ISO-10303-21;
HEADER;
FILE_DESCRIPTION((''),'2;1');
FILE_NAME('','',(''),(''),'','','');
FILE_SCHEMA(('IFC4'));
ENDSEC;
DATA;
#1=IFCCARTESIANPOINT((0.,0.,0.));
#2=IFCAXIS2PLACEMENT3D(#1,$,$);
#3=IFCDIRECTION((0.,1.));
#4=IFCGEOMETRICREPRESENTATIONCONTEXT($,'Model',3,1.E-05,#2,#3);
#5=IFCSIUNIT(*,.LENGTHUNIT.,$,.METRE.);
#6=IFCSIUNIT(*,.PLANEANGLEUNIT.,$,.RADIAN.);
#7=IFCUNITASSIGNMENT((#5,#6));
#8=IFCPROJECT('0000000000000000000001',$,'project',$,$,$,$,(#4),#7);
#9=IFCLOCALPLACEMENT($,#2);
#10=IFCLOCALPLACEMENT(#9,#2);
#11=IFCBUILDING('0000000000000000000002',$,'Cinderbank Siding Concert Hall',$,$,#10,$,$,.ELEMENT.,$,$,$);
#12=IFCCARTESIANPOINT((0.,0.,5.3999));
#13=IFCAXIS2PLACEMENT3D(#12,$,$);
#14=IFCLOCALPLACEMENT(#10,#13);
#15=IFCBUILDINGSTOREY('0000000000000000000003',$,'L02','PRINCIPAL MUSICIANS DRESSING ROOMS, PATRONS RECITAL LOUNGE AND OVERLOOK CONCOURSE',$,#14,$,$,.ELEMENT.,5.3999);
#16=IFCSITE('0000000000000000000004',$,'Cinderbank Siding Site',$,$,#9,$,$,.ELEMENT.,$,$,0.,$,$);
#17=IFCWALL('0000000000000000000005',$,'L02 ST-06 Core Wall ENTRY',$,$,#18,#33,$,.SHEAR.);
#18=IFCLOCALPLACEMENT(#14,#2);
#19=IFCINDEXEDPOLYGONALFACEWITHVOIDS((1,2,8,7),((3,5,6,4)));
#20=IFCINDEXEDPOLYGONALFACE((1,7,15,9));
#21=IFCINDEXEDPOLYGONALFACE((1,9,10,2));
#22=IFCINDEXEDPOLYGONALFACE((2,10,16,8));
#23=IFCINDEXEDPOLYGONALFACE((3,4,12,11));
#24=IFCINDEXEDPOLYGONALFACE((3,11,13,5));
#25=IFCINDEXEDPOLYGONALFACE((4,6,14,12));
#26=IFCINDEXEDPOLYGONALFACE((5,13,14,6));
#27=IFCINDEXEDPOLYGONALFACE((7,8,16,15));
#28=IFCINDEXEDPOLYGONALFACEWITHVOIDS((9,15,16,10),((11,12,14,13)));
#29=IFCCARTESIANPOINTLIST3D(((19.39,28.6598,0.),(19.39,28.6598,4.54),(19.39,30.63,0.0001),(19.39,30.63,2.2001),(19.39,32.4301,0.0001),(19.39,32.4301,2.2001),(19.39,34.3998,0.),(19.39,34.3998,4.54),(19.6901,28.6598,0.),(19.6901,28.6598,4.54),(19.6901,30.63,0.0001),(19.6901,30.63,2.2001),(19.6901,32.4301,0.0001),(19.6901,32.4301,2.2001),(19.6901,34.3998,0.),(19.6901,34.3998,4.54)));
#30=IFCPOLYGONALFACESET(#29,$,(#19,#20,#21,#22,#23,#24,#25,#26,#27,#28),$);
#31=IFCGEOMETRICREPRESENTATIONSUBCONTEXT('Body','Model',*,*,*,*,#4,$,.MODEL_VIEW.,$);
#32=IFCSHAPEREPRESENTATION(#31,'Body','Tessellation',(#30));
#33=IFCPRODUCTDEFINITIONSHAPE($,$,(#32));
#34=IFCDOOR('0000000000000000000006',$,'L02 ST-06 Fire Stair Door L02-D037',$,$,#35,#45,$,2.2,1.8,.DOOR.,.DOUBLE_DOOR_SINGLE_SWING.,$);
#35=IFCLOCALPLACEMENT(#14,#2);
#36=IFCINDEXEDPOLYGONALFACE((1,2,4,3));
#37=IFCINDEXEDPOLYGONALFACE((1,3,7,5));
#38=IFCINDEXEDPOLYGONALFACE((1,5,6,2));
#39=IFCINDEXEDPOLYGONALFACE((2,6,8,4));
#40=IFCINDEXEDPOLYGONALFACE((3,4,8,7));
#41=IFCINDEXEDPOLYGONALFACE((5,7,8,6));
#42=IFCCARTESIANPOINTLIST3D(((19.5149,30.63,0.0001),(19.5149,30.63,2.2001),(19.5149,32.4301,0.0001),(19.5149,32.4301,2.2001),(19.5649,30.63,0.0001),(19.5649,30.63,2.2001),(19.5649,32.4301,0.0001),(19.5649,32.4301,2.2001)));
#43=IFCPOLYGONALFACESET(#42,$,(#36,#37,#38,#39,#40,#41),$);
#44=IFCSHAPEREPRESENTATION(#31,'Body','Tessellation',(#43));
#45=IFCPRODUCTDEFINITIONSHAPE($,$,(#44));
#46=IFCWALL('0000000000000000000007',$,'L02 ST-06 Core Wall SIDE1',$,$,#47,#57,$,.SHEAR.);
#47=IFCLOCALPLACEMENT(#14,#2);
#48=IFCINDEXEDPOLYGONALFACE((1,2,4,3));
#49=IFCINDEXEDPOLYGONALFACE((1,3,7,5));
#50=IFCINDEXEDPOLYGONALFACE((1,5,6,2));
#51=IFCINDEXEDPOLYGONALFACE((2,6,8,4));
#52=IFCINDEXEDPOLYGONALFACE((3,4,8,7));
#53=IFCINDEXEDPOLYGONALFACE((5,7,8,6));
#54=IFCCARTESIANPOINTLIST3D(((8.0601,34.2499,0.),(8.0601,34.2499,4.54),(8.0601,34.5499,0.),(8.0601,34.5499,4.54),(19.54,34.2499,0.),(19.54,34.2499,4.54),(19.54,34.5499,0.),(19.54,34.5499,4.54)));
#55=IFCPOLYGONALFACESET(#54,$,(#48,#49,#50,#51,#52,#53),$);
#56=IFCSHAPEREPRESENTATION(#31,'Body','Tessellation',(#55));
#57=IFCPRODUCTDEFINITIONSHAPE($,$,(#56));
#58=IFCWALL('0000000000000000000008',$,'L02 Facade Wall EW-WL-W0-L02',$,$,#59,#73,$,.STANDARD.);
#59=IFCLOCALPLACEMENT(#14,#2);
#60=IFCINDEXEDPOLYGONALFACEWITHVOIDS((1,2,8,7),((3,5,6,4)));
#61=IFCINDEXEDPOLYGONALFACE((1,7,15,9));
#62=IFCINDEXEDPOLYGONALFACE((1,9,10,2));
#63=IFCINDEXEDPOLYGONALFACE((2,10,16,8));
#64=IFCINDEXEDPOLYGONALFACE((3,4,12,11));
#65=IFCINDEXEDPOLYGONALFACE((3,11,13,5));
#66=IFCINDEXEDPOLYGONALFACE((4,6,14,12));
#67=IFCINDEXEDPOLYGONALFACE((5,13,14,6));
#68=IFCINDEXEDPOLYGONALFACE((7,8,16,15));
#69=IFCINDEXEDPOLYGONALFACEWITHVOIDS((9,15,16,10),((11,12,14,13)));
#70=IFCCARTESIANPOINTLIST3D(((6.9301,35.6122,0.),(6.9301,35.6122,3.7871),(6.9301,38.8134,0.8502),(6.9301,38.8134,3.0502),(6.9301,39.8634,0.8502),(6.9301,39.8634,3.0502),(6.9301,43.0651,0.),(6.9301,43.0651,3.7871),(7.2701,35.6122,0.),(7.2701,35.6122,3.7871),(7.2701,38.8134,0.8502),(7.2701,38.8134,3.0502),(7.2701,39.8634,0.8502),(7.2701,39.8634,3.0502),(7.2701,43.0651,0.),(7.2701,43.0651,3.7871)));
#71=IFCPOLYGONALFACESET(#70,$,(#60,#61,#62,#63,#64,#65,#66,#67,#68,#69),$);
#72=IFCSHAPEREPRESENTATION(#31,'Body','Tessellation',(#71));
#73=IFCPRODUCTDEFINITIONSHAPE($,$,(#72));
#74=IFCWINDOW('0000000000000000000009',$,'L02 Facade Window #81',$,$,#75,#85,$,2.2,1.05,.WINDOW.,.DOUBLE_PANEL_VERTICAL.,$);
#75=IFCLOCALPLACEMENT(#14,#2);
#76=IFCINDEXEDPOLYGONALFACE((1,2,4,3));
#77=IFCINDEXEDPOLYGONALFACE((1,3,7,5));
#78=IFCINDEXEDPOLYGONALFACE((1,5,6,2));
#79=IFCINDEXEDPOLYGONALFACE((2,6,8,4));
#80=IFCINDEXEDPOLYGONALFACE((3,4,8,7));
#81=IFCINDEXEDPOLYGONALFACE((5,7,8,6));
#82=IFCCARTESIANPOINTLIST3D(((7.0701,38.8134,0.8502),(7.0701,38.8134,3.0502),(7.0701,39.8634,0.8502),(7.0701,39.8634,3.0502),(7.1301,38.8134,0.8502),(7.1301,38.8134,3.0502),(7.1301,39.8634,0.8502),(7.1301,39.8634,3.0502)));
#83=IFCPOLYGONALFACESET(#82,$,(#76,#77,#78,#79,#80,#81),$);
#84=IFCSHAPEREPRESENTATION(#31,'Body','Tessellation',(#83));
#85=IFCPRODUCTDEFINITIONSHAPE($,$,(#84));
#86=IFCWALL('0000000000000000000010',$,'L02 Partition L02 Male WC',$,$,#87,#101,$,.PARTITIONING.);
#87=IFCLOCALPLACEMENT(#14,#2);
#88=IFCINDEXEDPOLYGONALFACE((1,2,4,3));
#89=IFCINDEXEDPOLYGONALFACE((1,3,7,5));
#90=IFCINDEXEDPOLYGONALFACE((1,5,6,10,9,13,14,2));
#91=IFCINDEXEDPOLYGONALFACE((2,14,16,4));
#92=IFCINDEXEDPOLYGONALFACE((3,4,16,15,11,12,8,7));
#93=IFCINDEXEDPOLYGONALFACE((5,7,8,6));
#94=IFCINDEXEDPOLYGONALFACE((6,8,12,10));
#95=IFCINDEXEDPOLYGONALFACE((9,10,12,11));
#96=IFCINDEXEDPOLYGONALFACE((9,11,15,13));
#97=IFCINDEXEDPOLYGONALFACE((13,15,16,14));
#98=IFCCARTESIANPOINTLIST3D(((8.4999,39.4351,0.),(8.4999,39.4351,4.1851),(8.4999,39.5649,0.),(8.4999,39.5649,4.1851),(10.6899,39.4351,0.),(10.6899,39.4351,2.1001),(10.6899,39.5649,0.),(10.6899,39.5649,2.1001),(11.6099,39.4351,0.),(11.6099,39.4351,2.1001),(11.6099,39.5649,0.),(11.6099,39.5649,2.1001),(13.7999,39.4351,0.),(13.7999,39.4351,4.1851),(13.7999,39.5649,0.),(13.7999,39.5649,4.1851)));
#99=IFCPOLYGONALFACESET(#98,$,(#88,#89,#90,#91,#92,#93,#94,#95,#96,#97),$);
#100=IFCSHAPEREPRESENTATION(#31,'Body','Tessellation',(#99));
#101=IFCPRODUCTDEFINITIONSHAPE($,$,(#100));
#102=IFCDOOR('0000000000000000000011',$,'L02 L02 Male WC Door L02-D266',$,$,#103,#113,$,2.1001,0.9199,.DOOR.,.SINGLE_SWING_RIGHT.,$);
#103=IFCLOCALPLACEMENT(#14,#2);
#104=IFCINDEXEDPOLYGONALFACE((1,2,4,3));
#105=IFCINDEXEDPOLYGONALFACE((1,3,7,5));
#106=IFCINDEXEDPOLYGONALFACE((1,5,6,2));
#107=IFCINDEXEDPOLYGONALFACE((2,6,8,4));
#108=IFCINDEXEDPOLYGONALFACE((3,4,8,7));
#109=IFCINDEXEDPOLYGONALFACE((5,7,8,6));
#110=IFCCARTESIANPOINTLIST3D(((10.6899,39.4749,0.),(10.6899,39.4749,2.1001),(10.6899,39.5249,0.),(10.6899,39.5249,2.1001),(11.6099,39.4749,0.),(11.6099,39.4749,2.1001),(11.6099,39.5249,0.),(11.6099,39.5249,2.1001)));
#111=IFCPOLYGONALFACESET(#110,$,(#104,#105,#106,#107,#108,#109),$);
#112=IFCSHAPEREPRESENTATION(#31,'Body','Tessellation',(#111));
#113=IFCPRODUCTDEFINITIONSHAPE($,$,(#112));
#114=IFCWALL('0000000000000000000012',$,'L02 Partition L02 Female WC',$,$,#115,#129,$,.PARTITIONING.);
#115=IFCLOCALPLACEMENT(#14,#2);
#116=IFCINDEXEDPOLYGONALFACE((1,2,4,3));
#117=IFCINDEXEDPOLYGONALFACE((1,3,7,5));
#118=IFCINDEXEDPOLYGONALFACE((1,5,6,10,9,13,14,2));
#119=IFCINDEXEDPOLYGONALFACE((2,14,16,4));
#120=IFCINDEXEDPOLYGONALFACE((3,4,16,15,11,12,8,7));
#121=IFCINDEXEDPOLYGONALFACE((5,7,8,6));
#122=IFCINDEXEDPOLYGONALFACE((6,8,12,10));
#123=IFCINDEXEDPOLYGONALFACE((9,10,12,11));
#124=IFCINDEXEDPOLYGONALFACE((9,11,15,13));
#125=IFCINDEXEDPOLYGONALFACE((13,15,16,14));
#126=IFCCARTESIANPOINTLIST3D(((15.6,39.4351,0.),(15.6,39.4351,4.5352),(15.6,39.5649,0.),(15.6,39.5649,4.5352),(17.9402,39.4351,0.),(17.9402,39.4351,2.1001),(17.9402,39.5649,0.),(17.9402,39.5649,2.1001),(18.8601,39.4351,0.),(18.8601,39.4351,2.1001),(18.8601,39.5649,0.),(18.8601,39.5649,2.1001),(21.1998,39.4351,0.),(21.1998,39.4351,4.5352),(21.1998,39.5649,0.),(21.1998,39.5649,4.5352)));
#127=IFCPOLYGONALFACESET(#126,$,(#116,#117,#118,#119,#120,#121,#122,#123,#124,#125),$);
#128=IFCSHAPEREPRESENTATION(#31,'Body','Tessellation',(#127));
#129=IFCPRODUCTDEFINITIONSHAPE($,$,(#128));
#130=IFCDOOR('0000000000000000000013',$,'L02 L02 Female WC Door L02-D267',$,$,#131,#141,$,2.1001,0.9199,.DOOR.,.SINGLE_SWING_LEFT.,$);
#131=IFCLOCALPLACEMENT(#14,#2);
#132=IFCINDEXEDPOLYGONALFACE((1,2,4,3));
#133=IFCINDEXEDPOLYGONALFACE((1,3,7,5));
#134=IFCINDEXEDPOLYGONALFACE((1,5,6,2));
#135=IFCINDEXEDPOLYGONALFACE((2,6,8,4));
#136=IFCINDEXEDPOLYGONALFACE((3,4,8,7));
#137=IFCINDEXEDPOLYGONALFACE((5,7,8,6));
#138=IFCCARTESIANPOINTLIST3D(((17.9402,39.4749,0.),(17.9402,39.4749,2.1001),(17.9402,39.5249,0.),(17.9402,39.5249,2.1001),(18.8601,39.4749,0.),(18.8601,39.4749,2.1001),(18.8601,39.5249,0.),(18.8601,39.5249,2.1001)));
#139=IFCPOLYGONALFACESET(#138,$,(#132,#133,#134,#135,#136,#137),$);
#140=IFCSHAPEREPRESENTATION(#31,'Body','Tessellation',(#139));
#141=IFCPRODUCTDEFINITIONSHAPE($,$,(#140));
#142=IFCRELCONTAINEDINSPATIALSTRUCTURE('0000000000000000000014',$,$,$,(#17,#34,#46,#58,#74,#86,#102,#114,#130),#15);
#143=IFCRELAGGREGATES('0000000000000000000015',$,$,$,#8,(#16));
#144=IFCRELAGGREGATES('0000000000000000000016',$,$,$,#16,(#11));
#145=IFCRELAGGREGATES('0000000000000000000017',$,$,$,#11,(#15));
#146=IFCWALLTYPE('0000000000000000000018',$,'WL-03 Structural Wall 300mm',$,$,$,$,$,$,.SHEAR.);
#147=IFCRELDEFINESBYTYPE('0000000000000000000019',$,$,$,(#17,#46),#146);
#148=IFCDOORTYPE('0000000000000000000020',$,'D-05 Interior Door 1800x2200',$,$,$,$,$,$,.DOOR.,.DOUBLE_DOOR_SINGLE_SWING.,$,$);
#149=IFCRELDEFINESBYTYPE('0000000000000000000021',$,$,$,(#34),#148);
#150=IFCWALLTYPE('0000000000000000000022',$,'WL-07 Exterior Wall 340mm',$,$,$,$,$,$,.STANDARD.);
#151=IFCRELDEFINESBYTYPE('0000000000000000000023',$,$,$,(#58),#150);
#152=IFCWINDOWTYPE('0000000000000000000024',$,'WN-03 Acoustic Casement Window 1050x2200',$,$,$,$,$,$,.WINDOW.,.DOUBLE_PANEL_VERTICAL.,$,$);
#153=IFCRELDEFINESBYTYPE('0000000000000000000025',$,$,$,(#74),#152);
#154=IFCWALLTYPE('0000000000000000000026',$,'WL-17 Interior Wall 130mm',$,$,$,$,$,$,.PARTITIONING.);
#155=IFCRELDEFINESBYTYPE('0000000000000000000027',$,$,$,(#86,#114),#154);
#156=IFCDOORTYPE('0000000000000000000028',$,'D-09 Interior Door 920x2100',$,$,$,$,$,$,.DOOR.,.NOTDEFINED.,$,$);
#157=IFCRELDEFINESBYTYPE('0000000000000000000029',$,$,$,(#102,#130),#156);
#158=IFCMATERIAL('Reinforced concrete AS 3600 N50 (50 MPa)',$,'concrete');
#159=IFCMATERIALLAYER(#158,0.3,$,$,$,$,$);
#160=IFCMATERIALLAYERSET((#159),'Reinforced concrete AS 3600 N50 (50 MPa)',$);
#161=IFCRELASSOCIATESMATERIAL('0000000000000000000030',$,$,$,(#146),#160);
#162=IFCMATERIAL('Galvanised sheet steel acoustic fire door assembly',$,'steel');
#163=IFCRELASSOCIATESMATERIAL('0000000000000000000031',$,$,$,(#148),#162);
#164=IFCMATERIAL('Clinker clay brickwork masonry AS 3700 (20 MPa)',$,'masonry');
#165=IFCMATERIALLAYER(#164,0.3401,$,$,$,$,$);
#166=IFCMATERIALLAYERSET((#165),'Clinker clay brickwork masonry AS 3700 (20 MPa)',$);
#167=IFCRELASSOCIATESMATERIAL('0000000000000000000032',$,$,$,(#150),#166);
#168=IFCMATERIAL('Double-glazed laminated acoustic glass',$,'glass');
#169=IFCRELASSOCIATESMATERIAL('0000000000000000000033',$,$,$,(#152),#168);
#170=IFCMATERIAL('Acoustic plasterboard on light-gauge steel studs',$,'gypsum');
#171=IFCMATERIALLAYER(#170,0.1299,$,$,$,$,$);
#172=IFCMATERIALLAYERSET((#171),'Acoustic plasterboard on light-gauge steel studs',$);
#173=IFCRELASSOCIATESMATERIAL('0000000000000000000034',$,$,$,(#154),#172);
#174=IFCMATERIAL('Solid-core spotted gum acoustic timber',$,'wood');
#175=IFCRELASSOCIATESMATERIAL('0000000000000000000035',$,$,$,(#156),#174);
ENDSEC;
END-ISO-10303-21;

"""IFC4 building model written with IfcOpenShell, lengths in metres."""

from ifc_helpers import new_model, si_unit, direction, frame, frame_2d, origin, place, context, subcontext, project, spatial, rectangle, extrude, material, layer, layer_set, type_object, element, fill, save


model = new_model("IFC4")

# Units and contexts
model_context = context("Model", 3, precision=1e-05, world=origin(), true_north=direction((0.0, 1.0)))
body_context = subcontext(model_context, "Body", "Model", "MODEL_VIEW")
ifc_project = project(units=[si_unit("LENGTHUNIT", "METRE"), si_unit("PLANEANGLEUNIT", "RADIAN")], contexts=[model_context])

# Site, building, storey
site_placement = place(None, origin())
site = spatial("IfcSite", under=ifc_project, at=site_placement, Name="Cinderbank Siding Site", CompositionType="ELEMENT", RefElevation=0.0)
building_placement = place(site_placement, origin())
building = spatial("IfcBuilding", under=site, at=building_placement, Name="Cinderbank Siding Concert Hall", CompositionType="ELEMENT")
storey_placement = place(building_placement, frame((0.0, 0.0, 5.3999)))
storey = spatial("IfcBuildingStorey", under=building, at=storey_placement, Name="L02", Description="PRINCIPAL MUSICIANS DRESSING ROOMS, PATRONS RECITAL LOUNGE AND OVERLOOK CONCOURSE", CompositionType="ELEMENT", Elevation=5.3999)

# Shared definitions
ifc_material_1 = material(Name="Reinforced concrete AS 3600 N50 (50 MPa)", Category="concrete")

# Wall, opening, door
ifc_layer_1 = layer(ifc_material_1, 0.3)
ifc_layer_set_1 = layer_set([ifc_layer_1], Name="Reinforced concrete AS 3600 N50 (50 MPa)")
wall_type_1 = type_object("IfcWallType", Name="WL-03 Structural Wall 300mm", PredefinedType="SHEAR", material=ifc_layer_set_1)
wall_1_placement = place(storey_placement, frame((19.54, 34.3999, 0.0), z_axis=(0.0, 0.0, 1.0), x_axis=(0.0, -1.0, 0.0)))
wall_1 = element("IfcWall", 1, at=wall_1_placement, inside=storey, type_object=wall_type_1, Name="L02 ST-06 Core Wall ENTRY", PredefinedType="SHEAR", context=body_context, shape_type="SweptSolid", body=[
    extrude(rectangle(XDim=5.74, YDim=0.3, at=frame_2d((2.8701, 0.0))), origin(), (0.0, 0.0, 1.0), 4.54),
])
opening_1_placement = place(wall_1_placement, frame((1.97, 0.0, 0.0)))
opening_1 = element("IfcOpeningElement", 2, at=opening_1_placement, cuts=wall_1, PredefinedType="OPENING", context=body_context, shape_type="SweptSolid", body=[
    extrude(rectangle(XDim=1.8, YDim=2.2, at=frame_2d((0.8999, 1.1001))), frame((0.0, 0.1621, 0.0), z_axis=(0.0, -1.0, 0.0), x_axis=(1.0, 0.0, 0.0)), (0.0, 0.0, 1.0), 0.324),
])
ifc_material_2 = material(Name="Galvanised sheet steel acoustic fire door assembly", Category="steel")
door_type_1 = type_object("IfcDoorType", Name="D-05 Interior Door 1800x2200", OperationType="DOUBLE_DOOR_SINGLE_SWING", PredefinedType="DOOR", material=ifc_material_2)
door_1_placement = place(opening_1_placement, origin())
door_1 = element("IfcDoor", 3, at=door_1_placement, inside=storey, type_object=door_type_1, Name="L02 ST-06 Fire Stair Door L02-D037", OperationType="DOUBLE_DOOR_SINGLE_SWING", OverallHeight=2.2, OverallWidth=1.8, PredefinedType="DOOR", context=body_context, shape_type="SweptSolid", body=[
    extrude(rectangle(XDim=1.8, YDim=2.2, at=frame_2d((0.8999, 1.1001))), frame((0.0, 0.0249, 0.0), z_axis=(0.0, -1.0, 0.0), x_axis=(1.0, 0.0, 0.0)), (0.0, 0.0, 1.0), 0.05),
])
fill(opening_1, door_1)

# Wall
wall_2_placement = place(storey_placement, frame((8.0601, 34.3999, 0.0), z_axis=(0.0, 0.0, 1.0), x_axis=(1.0, 0.0, 0.0)))
element("IfcWall", 4, at=wall_2_placement, inside=storey, type_object=wall_type_1, Name="L02 ST-06 Core Wall SIDE1", PredefinedType="SHEAR", context=body_context, shape_type="SweptSolid", body=[
    extrude(rectangle(XDim=11.48, YDim=0.3, at=frame_2d((5.74, 0.0))), origin(), (0.0, 0.0, 1.0), 4.54),
])

# Wall, opening, window
ifc_material_3 = material(Name="Clinker clay brickwork masonry AS 3700 (20 MPa)", Category="masonry")
ifc_layer_2 = layer(ifc_material_3, 0.3401)
ifc_layer_set_2 = layer_set([ifc_layer_2], Name="Clinker clay brickwork masonry AS 3700 (20 MPa)")
wall_type_2 = type_object("IfcWallType", Name="WL-07 Exterior Wall 340mm", PredefinedType="STANDARD", material=ifc_layer_set_2)
wall_3_placement = place(storey_placement, frame((7.1001, 35.6121, 0.0), z_axis=(0.0, 0.0, 1.0), x_axis=(0.0, 1.0, 0.0)))
wall_3 = element("IfcWall", 5, at=wall_3_placement, inside=storey, type_object=wall_type_2, Name="L02 Facade Wall EW-WL-W0-L02", PredefinedType="STANDARD", context=body_context, shape_type="SweptSolid", body=[
    extrude(rectangle(XDim=7.4529, YDim=0.3401, at=frame_2d((3.7266, 0.0))), origin(), (0.0, 0.0, 1.0), 3.7871),
])
opening_2_placement = place(wall_3_placement, frame((3.2014, 0.0, 0.8501)))
opening_2 = element("IfcOpeningElement", 6, at=opening_2_placement, cuts=wall_3, PredefinedType="OPENING", context=body_context, shape_type="SweptSolid", body=[
    extrude(rectangle(XDim=1.05, YDim=2.2, at=frame_2d((0.5249, 1.1001))), frame((0.0, 0.1821, 0.0), z_axis=(0.0, -1.0, 0.0), x_axis=(1.0, 0.0, 0.0)), (0.0, 0.0, 1.0), 0.364),
])
ifc_material_4 = material(Name="Double-glazed laminated acoustic glass", Category="glass")
window_type = type_object("IfcWindowType", Name="WN-03 Acoustic Casement Window 1050x2200", PartitioningType="DOUBLE_PANEL_VERTICAL", PredefinedType="WINDOW", material=ifc_material_4)
window_placement = place(opening_2_placement, origin())
window = element("IfcWindow", 7, at=window_placement, inside=storey, type_object=window_type, Name="L02 Facade Window #81", OverallHeight=2.2, OverallWidth=1.05, PartitioningType="DOUBLE_PANEL_VERTICAL", PredefinedType="WINDOW", context=body_context, shape_type="SweptSolid", body=[
    extrude(rectangle(XDim=1.05, YDim=2.2, at=frame_2d((0.5249, 1.1001))), frame((0.0, 0.03, 0.0), z_axis=(0.0, -1.0, 0.0), x_axis=(1.0, 0.0, 0.0)), (0.0, 0.0, 1.0), 0.0601),
])
fill(opening_2, window)

# Walls, openings, doors
ifc_material_5 = material(Name="Acoustic plasterboard on light-gauge steel studs", Category="gypsum")
ifc_layer_3 = layer(ifc_material_5, 0.1299)
ifc_layer_set_3 = layer_set([ifc_layer_3], Name="Acoustic plasterboard on light-gauge steel studs")
wall_type_3 = type_object("IfcWallType", Name="WL-17 Interior Wall 130mm", PredefinedType="PARTITIONING", material=ifc_layer_set_3)
wall_4_placement = place(storey_placement, frame((8.5, 39.5, 0.0), z_axis=(0.0, 0.0, 1.0), x_axis=(1.0, 0.0, 0.0)))
wall_4 = element("IfcWall", 8, at=wall_4_placement, inside=storey, type_object=wall_type_3, Name="L02 Partition L02 Male WC", PredefinedType="PARTITIONING", context=body_context, shape_type="SweptSolid", body=[
    extrude(rectangle(XDim=5.3, YDim=0.1299, at=frame_2d((2.6499, 0.0))), origin(), (0.0, 0.0, 1.0), 4.1851),
])
opening_3_placement = place(wall_4_placement, frame((2.1899, 0.0, 0.0)))
opening_3 = element("IfcOpeningElement", 9, at=opening_3_placement, cuts=wall_4, PredefinedType="OPENING", context=body_context, shape_type="SweptSolid", body=[
    extrude(rectangle(XDim=0.9199, YDim=2.1001, at=frame_2d((0.46, 1.05))), frame((0.0, 0.0769, 0.0), z_axis=(0.0, -1.0, 0.0), x_axis=(1.0, 0.0, 0.0)), (0.0, 0.0, 1.0), 0.1538),
])
ifc_material_6 = material(Name="Solid-core spotted gum acoustic timber", Category="wood")
door_type_2 = type_object("IfcDoorType", Name="D-09 Interior Door 920x2100", OperationType="NOTDEFINED", PredefinedType="DOOR", material=ifc_material_6)
door_2_placement = place(opening_3_placement, origin())
door_2 = element("IfcDoor", 10, at=door_2_placement, inside=storey, type_object=door_type_2, Name="L02 L02 Male WC Door L02-D266", OperationType="SINGLE_SWING_RIGHT", OverallHeight=2.1001, OverallWidth=0.9199, PredefinedType="DOOR", context=body_context, shape_type="SweptSolid", body=[
    extrude(rectangle(XDim=0.9199, YDim=2.1001, at=frame_2d((0.46, 1.05))), frame((0.0, 0.0249, 0.0), z_axis=(0.0, -1.0, 0.0), x_axis=(1.0, 0.0, 0.0)), (0.0, 0.0, 1.0), 0.05),
])
fill(opening_3, door_2)
wall_5_placement = place(storey_placement, frame((15.6001, 39.5, 0.0), z_axis=(0.0, 0.0, 1.0), x_axis=(1.0, 0.0, 0.0)))
wall_5 = element("IfcWall", 11, at=wall_5_placement, inside=storey, type_object=wall_type_3, Name="L02 Partition L02 Female WC", PredefinedType="PARTITIONING", context=body_context, shape_type="SweptSolid", body=[
    extrude(rectangle(XDim=5.5999, YDim=0.1299, at=frame_2d((2.7998, 0.0))), origin(), (0.0, 0.0, 1.0), 4.5352),
])
opening_4_placement = place(wall_5_placement, frame((2.3401, 0.0, 0.0)))
opening_4 = element("IfcOpeningElement", 12, at=opening_4_placement, cuts=wall_5, PredefinedType="OPENING", context=body_context, shape_type="SweptSolid", body=[
    extrude(rectangle(XDim=0.9199, YDim=2.1001, at=frame_2d((0.46, 1.05))), frame((0.0, 0.0769, 0.0), z_axis=(0.0, -1.0, 0.0), x_axis=(1.0, 0.0, 0.0)), (0.0, 0.0, 1.0), 0.1538),
])
door_3_placement = place(opening_4_placement, origin())
door_3 = element("IfcDoor", 13, at=door_3_placement, inside=storey, type_object=door_type_2, Name="L02 L02 Female WC Door L02-D267", OperationType="SINGLE_SWING_LEFT", OverallHeight=2.1001, OverallWidth=0.9199, PredefinedType="DOOR", context=body_context, shape_type="SweptSolid", body=[
    extrude(rectangle(XDim=0.9199, YDim=2.1001, at=frame_2d((0.46, 1.05))), frame((0.0, 0.0249, 0.0), z_axis=(0.0, -1.0, 0.0), x_axis=(1.0, 0.0, 0.0)), (0.0, 0.0, 1.0), 0.05),
])
fill(opening_4, door_3)

save(model, "model.ifc")
